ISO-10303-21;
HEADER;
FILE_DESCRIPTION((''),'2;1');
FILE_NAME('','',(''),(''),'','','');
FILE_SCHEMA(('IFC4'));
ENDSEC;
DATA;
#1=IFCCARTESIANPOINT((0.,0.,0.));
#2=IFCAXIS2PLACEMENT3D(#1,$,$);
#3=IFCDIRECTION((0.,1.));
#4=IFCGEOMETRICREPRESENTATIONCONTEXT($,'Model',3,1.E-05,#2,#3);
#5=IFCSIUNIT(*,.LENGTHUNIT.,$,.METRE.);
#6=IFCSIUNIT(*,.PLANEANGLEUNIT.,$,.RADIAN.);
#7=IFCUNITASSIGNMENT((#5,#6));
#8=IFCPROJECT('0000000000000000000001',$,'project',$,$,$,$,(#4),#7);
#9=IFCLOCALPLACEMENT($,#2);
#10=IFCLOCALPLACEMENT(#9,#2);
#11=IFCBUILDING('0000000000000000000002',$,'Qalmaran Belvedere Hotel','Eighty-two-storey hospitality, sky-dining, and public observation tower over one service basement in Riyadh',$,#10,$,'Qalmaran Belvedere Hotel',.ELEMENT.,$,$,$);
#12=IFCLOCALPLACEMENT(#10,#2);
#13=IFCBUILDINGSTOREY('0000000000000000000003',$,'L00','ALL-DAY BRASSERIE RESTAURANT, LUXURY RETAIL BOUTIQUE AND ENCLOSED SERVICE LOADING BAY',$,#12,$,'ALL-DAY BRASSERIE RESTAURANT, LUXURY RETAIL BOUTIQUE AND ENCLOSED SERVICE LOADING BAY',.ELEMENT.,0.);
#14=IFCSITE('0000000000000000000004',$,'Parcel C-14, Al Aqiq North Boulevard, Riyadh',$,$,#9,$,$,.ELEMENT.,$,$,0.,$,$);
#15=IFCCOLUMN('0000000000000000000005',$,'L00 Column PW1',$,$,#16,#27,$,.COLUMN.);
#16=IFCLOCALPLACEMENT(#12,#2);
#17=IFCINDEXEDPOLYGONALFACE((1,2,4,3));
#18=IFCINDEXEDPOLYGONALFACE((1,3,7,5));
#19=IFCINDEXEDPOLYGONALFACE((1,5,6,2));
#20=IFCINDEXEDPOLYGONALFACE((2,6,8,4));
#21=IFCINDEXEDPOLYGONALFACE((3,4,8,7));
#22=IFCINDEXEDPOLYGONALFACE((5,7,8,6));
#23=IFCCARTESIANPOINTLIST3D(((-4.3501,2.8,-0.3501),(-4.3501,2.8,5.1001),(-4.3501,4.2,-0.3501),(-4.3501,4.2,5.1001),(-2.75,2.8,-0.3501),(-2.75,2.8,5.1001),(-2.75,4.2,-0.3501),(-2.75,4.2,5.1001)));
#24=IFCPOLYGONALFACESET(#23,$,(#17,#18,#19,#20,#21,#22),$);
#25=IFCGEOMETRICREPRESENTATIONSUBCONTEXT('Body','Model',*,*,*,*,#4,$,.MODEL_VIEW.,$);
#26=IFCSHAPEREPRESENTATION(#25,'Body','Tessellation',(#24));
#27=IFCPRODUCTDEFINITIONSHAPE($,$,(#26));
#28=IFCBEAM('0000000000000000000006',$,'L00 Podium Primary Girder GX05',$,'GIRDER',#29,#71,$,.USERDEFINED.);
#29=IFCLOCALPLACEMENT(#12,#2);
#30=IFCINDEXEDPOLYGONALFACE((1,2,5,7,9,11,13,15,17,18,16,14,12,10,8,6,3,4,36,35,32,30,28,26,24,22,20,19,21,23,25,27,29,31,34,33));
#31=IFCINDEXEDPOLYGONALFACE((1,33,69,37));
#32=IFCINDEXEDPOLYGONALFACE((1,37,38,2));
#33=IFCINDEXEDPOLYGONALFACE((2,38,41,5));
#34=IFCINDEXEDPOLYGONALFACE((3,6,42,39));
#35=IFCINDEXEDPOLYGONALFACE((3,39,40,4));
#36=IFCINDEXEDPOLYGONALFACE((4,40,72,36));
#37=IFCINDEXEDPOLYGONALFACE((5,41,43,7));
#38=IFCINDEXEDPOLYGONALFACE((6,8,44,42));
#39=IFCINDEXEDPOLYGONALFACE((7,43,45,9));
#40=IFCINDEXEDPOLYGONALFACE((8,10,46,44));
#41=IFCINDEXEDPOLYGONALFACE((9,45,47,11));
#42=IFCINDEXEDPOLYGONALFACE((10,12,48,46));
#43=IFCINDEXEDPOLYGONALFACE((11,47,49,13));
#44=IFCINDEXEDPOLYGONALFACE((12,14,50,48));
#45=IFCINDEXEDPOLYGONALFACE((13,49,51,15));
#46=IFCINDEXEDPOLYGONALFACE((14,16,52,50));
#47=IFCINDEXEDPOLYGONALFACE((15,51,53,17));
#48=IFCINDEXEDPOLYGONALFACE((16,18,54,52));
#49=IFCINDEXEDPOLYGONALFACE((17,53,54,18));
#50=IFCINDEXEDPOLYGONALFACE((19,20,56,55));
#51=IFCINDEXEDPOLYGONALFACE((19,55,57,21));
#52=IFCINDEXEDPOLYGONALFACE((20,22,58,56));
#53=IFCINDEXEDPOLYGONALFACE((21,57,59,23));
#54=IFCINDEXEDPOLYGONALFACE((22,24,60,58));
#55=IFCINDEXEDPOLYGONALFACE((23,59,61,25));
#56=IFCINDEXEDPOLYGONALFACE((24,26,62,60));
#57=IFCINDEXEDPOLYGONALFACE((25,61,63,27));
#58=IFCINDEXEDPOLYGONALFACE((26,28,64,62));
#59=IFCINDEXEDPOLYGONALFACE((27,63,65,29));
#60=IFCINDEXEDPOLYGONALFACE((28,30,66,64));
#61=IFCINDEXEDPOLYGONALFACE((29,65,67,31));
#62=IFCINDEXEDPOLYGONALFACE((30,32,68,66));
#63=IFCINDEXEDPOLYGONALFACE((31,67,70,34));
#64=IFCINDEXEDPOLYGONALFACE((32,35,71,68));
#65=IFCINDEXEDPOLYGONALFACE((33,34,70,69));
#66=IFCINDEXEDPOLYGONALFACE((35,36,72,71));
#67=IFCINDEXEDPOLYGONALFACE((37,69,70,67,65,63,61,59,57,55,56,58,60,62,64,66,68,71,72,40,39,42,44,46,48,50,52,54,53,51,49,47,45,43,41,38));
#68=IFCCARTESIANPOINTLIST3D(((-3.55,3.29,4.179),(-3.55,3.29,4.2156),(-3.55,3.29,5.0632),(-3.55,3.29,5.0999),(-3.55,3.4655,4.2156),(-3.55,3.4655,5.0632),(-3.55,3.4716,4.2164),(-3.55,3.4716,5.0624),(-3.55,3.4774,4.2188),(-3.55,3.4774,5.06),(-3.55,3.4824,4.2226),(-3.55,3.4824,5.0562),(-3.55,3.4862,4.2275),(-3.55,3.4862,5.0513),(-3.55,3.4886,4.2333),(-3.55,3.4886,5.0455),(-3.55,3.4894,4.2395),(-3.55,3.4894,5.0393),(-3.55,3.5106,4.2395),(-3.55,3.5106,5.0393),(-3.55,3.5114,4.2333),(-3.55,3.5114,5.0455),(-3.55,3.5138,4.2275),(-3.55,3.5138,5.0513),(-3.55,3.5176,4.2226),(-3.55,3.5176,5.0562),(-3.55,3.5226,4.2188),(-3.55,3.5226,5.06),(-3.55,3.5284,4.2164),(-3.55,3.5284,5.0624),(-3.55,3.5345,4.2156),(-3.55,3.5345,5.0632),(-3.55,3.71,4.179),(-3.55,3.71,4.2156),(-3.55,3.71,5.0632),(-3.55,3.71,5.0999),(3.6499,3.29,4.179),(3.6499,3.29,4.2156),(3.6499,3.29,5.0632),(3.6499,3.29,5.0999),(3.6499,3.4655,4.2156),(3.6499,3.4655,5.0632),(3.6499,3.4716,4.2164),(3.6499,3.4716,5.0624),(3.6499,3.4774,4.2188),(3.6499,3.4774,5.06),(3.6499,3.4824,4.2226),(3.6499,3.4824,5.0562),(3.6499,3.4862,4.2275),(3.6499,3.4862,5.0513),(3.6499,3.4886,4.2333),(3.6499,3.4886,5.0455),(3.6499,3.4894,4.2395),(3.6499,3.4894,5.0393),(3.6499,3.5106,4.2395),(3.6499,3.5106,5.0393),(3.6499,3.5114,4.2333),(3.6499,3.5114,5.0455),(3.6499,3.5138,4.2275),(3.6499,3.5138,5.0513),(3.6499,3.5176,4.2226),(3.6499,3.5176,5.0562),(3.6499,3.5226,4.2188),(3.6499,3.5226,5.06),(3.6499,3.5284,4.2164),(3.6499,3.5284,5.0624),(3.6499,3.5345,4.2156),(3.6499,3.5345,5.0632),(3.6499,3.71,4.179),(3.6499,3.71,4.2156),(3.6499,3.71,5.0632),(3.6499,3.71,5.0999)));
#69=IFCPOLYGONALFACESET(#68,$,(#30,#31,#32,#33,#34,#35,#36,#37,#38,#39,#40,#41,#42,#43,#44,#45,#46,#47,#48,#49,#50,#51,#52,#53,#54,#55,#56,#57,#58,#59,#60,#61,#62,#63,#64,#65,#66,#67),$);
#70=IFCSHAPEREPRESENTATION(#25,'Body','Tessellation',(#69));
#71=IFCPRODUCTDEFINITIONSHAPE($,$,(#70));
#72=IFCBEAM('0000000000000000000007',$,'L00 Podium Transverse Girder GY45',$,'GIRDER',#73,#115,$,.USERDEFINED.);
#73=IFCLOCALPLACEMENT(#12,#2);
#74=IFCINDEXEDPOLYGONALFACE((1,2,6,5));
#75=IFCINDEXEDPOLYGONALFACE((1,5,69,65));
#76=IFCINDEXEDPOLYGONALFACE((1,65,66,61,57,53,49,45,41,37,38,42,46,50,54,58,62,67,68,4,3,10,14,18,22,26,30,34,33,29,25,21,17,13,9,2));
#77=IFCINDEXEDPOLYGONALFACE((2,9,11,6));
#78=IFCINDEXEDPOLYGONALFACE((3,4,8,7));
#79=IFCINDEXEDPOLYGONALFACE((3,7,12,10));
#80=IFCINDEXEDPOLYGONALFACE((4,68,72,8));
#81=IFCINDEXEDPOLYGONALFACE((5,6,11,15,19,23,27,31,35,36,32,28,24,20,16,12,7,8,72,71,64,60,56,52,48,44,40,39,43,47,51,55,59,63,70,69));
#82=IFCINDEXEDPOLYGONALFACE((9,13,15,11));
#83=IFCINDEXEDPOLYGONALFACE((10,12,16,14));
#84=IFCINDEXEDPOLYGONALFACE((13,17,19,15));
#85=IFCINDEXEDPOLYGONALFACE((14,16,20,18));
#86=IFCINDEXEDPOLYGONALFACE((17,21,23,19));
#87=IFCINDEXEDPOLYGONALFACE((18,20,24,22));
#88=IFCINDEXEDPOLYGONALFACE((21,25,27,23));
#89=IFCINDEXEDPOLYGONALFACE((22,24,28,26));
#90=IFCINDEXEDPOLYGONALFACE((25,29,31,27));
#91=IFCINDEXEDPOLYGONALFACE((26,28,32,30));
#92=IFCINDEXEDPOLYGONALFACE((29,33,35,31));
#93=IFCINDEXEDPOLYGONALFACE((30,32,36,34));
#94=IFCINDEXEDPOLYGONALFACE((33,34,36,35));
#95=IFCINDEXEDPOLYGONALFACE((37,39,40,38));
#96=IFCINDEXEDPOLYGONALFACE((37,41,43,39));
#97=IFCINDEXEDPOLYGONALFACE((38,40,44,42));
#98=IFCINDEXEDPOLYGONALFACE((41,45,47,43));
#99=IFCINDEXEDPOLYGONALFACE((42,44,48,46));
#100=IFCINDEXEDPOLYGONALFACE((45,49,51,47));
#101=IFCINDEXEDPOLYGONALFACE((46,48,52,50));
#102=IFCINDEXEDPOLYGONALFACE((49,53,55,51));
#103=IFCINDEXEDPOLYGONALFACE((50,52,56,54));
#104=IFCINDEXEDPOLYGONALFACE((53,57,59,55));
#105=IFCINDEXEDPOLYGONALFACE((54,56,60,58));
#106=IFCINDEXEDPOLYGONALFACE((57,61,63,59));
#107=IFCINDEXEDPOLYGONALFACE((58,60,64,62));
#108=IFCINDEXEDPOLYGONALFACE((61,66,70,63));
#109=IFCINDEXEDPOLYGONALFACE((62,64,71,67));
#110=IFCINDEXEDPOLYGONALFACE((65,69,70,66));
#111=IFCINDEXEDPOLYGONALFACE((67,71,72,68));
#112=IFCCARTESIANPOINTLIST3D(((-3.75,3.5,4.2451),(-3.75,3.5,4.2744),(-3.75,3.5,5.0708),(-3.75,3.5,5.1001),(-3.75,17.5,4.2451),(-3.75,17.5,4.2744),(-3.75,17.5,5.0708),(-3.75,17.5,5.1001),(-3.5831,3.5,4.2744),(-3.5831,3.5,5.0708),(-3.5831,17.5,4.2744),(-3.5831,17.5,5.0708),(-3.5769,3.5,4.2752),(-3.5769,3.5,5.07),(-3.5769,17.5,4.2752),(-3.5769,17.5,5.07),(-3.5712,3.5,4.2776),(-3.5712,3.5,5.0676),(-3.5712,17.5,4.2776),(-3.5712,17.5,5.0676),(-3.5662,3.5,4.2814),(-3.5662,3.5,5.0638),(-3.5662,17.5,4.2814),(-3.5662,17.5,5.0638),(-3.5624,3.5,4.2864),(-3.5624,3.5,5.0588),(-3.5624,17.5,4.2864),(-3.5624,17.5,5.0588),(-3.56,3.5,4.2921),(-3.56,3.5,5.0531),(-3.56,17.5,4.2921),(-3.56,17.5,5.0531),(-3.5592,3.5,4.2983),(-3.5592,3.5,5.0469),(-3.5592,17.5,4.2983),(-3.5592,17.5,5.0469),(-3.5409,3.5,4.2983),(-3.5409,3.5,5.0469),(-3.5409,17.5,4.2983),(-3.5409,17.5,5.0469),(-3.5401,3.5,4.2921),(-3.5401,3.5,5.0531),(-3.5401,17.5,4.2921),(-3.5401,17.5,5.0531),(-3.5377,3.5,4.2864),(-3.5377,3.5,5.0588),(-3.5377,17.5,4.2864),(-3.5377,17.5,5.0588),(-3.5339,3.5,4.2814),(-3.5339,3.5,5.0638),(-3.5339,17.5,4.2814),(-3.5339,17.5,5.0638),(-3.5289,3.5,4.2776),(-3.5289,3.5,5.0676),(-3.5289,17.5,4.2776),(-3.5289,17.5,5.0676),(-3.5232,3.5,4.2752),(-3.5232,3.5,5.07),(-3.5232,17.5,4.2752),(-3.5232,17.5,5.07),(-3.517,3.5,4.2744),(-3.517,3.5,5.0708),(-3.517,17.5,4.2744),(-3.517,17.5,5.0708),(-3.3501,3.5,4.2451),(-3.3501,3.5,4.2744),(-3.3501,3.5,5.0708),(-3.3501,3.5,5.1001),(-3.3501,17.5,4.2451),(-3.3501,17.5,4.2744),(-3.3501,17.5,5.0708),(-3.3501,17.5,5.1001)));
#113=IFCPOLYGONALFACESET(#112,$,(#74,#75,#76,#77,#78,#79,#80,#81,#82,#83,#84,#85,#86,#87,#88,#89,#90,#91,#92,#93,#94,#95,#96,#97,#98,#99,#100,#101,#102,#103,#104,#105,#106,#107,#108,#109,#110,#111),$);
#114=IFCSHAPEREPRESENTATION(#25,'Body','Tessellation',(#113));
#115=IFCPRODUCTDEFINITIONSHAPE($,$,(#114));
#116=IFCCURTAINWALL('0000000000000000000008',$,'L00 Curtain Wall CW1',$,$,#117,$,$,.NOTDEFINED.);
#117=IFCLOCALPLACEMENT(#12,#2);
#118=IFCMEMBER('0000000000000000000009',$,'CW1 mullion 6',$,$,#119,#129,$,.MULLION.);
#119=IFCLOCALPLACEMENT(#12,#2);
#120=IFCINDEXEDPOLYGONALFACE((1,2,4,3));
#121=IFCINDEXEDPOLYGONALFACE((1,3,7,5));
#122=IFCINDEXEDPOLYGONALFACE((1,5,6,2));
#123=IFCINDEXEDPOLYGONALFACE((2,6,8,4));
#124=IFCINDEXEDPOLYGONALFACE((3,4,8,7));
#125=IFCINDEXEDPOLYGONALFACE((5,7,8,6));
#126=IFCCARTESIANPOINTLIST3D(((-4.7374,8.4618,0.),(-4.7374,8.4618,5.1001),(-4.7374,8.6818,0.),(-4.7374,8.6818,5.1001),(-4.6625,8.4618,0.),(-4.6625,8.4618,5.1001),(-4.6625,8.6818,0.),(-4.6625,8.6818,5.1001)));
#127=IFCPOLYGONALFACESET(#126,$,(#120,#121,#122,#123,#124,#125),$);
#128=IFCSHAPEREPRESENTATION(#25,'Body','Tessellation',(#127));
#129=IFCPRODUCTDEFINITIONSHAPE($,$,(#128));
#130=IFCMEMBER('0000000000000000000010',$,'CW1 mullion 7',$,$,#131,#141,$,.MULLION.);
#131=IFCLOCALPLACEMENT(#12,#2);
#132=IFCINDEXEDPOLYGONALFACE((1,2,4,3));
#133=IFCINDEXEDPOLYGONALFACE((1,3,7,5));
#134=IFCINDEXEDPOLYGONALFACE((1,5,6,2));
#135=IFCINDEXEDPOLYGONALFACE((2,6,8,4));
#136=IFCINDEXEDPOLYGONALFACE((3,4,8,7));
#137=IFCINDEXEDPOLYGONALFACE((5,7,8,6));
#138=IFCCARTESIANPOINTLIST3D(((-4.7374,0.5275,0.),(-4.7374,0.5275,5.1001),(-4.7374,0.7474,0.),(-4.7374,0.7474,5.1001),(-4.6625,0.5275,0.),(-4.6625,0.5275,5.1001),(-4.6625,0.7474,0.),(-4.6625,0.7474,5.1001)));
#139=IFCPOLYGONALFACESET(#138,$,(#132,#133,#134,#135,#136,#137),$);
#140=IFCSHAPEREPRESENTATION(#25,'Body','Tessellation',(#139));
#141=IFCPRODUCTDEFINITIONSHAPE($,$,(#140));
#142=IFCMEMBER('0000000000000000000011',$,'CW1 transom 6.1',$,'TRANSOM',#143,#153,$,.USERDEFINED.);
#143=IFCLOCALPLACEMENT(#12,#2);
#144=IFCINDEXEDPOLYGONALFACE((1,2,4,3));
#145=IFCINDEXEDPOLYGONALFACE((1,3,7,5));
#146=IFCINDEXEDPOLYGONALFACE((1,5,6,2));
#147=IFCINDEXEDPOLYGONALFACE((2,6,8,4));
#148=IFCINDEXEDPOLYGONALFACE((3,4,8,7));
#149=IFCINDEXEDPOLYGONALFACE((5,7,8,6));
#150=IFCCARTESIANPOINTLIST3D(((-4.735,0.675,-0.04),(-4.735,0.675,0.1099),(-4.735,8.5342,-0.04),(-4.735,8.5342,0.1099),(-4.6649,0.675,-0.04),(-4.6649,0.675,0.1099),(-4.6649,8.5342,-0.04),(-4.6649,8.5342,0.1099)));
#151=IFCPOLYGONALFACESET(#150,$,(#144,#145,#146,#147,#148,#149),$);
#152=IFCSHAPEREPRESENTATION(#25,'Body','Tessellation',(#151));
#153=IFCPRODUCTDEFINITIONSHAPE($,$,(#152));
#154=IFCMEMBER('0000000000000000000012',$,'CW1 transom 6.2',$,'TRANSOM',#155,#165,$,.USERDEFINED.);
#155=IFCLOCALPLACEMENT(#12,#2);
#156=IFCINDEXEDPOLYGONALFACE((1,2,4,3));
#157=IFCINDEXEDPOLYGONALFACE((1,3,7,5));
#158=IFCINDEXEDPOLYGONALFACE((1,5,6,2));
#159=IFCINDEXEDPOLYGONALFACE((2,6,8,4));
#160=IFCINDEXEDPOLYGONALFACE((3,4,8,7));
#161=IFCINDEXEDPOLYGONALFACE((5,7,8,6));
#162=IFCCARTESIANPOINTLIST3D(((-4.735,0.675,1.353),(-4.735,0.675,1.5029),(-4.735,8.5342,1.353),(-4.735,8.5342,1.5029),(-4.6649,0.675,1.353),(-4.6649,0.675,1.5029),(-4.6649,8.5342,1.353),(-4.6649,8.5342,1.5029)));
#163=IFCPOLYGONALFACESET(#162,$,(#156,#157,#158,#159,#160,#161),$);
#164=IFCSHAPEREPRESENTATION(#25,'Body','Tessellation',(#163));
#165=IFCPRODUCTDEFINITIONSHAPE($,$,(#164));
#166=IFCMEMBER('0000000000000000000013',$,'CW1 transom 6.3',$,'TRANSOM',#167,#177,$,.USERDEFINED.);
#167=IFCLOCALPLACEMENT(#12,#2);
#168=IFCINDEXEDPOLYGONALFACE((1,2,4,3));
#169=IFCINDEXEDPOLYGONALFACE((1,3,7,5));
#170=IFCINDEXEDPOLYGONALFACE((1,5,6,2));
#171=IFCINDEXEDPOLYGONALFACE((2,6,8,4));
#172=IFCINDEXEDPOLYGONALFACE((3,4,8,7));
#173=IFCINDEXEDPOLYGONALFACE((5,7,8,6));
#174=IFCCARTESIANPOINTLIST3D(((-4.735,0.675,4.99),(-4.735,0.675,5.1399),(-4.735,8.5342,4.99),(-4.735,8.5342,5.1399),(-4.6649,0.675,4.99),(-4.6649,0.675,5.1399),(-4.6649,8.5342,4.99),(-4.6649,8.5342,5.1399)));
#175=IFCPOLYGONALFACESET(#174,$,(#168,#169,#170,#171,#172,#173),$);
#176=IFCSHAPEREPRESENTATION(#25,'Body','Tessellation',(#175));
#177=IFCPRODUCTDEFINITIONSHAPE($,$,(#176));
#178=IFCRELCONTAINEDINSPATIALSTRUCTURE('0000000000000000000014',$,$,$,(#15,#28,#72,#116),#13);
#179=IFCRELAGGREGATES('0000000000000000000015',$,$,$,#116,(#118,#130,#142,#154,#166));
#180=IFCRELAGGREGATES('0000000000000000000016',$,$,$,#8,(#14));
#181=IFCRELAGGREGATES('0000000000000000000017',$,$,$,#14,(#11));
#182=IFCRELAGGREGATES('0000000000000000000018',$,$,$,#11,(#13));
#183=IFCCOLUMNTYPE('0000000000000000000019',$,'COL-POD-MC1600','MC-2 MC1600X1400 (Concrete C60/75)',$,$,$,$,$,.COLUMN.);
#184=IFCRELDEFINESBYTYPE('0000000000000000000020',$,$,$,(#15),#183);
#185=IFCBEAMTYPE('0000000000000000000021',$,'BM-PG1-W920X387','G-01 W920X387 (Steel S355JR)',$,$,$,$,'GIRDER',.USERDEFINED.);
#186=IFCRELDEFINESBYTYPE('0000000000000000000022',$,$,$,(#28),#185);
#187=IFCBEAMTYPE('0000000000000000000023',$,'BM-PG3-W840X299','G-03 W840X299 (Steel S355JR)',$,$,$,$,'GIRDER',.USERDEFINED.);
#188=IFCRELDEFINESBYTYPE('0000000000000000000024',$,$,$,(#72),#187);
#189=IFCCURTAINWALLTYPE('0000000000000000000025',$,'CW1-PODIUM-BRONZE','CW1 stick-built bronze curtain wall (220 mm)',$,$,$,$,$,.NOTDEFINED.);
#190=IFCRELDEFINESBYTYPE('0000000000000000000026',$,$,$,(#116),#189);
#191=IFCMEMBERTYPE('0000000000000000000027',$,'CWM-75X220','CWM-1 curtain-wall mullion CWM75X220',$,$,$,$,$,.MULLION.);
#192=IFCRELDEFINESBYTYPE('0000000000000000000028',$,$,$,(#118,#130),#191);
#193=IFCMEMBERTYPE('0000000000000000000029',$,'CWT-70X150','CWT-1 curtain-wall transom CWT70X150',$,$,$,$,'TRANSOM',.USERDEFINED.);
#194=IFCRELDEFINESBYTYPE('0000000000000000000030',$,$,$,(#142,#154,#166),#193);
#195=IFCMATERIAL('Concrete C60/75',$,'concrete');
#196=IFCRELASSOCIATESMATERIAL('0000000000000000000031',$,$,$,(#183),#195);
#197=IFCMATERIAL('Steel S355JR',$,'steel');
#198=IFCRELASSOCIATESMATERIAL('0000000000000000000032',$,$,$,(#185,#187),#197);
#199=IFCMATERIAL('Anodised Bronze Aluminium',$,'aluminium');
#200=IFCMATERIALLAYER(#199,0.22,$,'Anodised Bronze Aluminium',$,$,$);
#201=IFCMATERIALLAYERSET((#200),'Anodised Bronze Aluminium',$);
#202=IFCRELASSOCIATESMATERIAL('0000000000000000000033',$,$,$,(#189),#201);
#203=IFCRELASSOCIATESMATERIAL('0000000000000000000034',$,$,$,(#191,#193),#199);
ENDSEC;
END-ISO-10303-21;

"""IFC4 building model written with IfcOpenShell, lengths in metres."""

from ifc_helpers import new_model, si_unit, direction, frame, origin, origin_2d, place, context, subcontext, project, spatial, rectangle, i_section, extrude, material, layer, layer_set, material_profile, profile_set, type_object, element, aggregate, save


model = new_model("IFC4")

# Units and contexts
model_context = context("Model", 3, precision=1e-05, world=origin(), true_north=direction((0.0, 1.0)))
body_context = subcontext(model_context, "Body", "Model", "MODEL_VIEW")
ifc_project = project(units=[si_unit("LENGTHUNIT", "METRE"), si_unit("PLANEANGLEUNIT", "RADIAN")], contexts=[model_context])

# Site, building, storey
site_placement = place(None, origin())
site = spatial("IfcSite", under=ifc_project, at=site_placement, Name="Parcel C-14, Al Aqiq North Boulevard, Riyadh", CompositionType="ELEMENT", RefElevation=0.0)
building_placement = place(site_placement, origin())
building = spatial("IfcBuilding", under=site, at=building_placement, Name="Qalmaran Belvedere Hotel", Description="Eighty-two-storey hospitality, sky-dining, and public observation tower over one service basement in Riyadh", LongName="Qalmaran Belvedere Hotel", CompositionType="ELEMENT")
storey_placement = place(building_placement, origin())
storey = spatial("IfcBuildingStorey", under=building, at=storey_placement, Name="L00", Description="ALL-DAY BRASSERIE RESTAURANT, LUXURY RETAIL BOUTIQUE AND ENCLOSED SERVICE LOADING BAY", LongName="ALL-DAY BRASSERIE RESTAURANT, LUXURY RETAIL BOUTIQUE AND ENCLOSED SERVICE LOADING BAY", CompositionType="ELEMENT", Elevation=0.0)

# Column
ifc_material_1 = material(Name="Concrete C60/75", Category="concrete")
ifc_material_profile_1 = material_profile(ifc_material_1, rectangle(XDim=1.6001, YDim=1.3999, at=origin_2d()), Name="MC1600X1400")
ifc_profile_set_1 = profile_set([ifc_material_profile_1], Name="Concrete C60/75")
column_type = type_object("IfcColumnType", Name="COL-POD-MC1600", Description="MC-2 MC1600X1400 (Concrete C60/75)", PredefinedType="COLUMN", material=ifc_profile_set_1)
column_placement = place(storey_placement, frame((-3.55, 3.5, -0.3501), z_axis=(0.0, 0.0, 1.0), x_axis=(1.0, 0.0, 0.0)))
element("IfcColumn", 1, at=column_placement, inside=storey, type_object=column_type, Name="L00 Column PW1", PredefinedType="COLUMN", context=body_context, shape_type="SweptSolid", body=[
    extrude(rectangle(XDim=1.6001, YDim=1.3999, at=origin_2d()), origin(), (0.0, 0.0, 1.0), 5.4502),
])

# Beams
ifc_material_2 = material(Name="Steel S355JR", Category="steel")
ifc_material_profile_2 = material_profile(ifc_material_2, i_section(OverallWidth=0.4199, OverallDepth=0.9209, WebThickness=0.0212, FlangeThickness=0.0366, FilletRadius=0.0239, at=origin_2d()), Name="W920X387")
ifc_profile_set_2 = profile_set([ifc_material_profile_2], Name="Steel S355JR")
beam_type_1 = type_object("IfcBeamType", Name="BM-PG1-W920X387", Description="G-01 W920X387 (Steel S355JR)", ElementType="GIRDER", PredefinedType="USERDEFINED", material=ifc_profile_set_2)
beam_1_placement = place(storey_placement, frame((-3.55, 3.5, 4.6394), z_axis=(1.0, 0.0, 0.0), x_axis=(0.0, 1.0, 0.0)))
element("IfcBeam", 2, at=beam_1_placement, inside=storey, type_object=beam_type_1, Name="L00 Podium Primary Girder GX05", ObjectType="GIRDER", PredefinedType="USERDEFINED", context=body_context, shape_type="SweptSolid", body=[
    extrude(i_section(OverallWidth=0.4199, OverallDepth=0.9209, WebThickness=0.0212, FlangeThickness=0.0366, FilletRadius=0.0239, at=origin_2d()), origin(), (0.0, 0.0, 1.0), 7.2),
])
ifc_material_profile_3 = material_profile(ifc_material_2, i_section(OverallWidth=0.3999, OverallDepth=0.855, WebThickness=0.0183, FlangeThickness=0.0293, FilletRadius=0.0239, at=origin_2d()), Name="W840X299")
ifc_profile_set_3 = profile_set([ifc_material_profile_3], Name="Steel S355JR")
beam_type_2 = type_object("IfcBeamType", Name="BM-PG3-W840X299", Description="G-03 W840X299 (Steel S355JR)", ElementType="GIRDER", PredefinedType="USERDEFINED", material=ifc_profile_set_3)
beam_2_placement = place(storey_placement, frame((-3.55, 3.5, 4.6726), z_axis=(0.0, 1.0, 0.0), x_axis=(-1.0, 0.0, 0.0)))
element("IfcBeam", 3, at=beam_2_placement, inside=storey, type_object=beam_type_2, Name="L00 Podium Transverse Girder GY45", ObjectType="GIRDER", PredefinedType="USERDEFINED", context=body_context, shape_type="SweptSolid", body=[
    extrude(i_section(OverallWidth=0.3999, OverallDepth=0.855, WebThickness=0.0183, FlangeThickness=0.0293, FilletRadius=0.0239, at=origin_2d()), origin(), (0.0, 0.0, 1.0), 14.0),
])

# Curtain wall, members
ifc_material_3 = material(Name="Anodised Bronze Aluminium", Category="aluminium")
ifc_layer_1 = layer(ifc_material_3, 0.22, Name="Anodised Bronze Aluminium")
ifc_layer_set_1 = layer_set([ifc_layer_1], Name="Anodised Bronze Aluminium")
curtain_wall_type = type_object("IfcCurtainWallType", Name="CW1-PODIUM-BRONZE", Description="CW1 stick-built bronze curtain wall (220 mm)", PredefinedType="NOTDEFINED", material=ifc_layer_set_1)
curtain_wall_placement = place(storey_placement, origin())
curtain_wall = element("IfcCurtainWall", 4, at=curtain_wall_placement, inside=storey, type_object=curtain_wall_type, Name="L00 Curtain Wall CW1", PredefinedType="NOTDEFINED")
ifc_material_profile_4 = material_profile(ifc_material_3, rectangle(XDim=0.075, YDim=0.22, at=origin_2d()), Name="CWM75X220")
ifc_profile_set_4 = profile_set([ifc_material_profile_4], Name="Anodised Bronze Aluminium")
member_type_1 = type_object("IfcMemberType", Name="CWM-75X220", Description="CWM-1 curtain-wall mullion CWM75X220", PredefinedType="MULLION", material=ifc_profile_set_4)
member_1_placement = place(storey_placement, frame((-4.7, 8.5718, 0.0), z_axis=(0.0, 0.0, 1.0), x_axis=(1.0, 0.0, 0.0)))
member_1 = element("IfcMember", 5, at=member_1_placement, type_object=member_type_1, Name="CW1 mullion 6", PredefinedType="MULLION", context=body_context, shape_type="SweptSolid", body=[
    extrude(rectangle(XDim=0.075, YDim=0.22, at=origin_2d()), origin(), (0.0, 0.0, 1.0), 5.1001),
])
member_2_placement = place(storey_placement, frame((-4.7, 0.6375, 0.0), z_axis=(0.0, 0.0, 1.0), x_axis=(1.0, 0.0, 0.0)))
member_2 = element("IfcMember", 6, at=member_2_placement, type_object=member_type_1, Name="CW1 mullion 7", PredefinedType="MULLION", context=body_context, shape_type="SweptSolid", body=[
    extrude(rectangle(XDim=0.075, YDim=0.22, at=origin_2d()), origin(), (0.0, 0.0, 1.0), 5.1001),
])
ifc_material_profile_5 = material_profile(ifc_material_3, rectangle(XDim=0.0701, YDim=0.1499, at=origin_2d()), Name="CWT70X150")
ifc_profile_set_5 = profile_set([ifc_material_profile_5], Name="Anodised Bronze Aluminium")
member_type_2 = type_object("IfcMemberType", Name="CWT-70X150", Description="CWT-1 curtain-wall transom CWT70X150", ElementType="TRANSOM", PredefinedType="USERDEFINED", material=ifc_profile_set_5)
member_3_placement = place(storey_placement, frame((-4.7, 8.5342, 0.0349), z_axis=(0.0, -1.0, 0.0), x_axis=(1.0, 0.0, 0.0)))
member_3 = element("IfcMember", 7, at=member_3_placement, type_object=member_type_2, Name="CW1 transom 6.1", ObjectType="TRANSOM", PredefinedType="USERDEFINED", context=body_context, shape_type="SweptSolid", body=[
    extrude(rectangle(XDim=0.0701, YDim=0.1499, at=origin_2d()), origin(), (0.0, 0.0, 1.0), 7.8591),
])
member_4_placement = place(storey_placement, frame((-4.7, 8.5342, 1.428), z_axis=(0.0, -1.0, 0.0), x_axis=(1.0, 0.0, 0.0)))
member_4 = element("IfcMember", 8, at=member_4_placement, type_object=member_type_2, Name="CW1 transom 6.2", ObjectType="TRANSOM", PredefinedType="USERDEFINED", context=body_context, shape_type="SweptSolid", body=[
    extrude(rectangle(XDim=0.0701, YDim=0.1499, at=origin_2d()), origin(), (0.0, 0.0, 1.0), 7.8591),
])
member_5_placement = place(storey_placement, frame((-4.7, 8.5342, 5.0649), z_axis=(0.0, -1.0, 0.0), x_axis=(1.0, 0.0, 0.0)))
member_5 = element("IfcMember", 9, at=member_5_placement, type_object=member_type_2, Name="CW1 transom 6.3", ObjectType="TRANSOM", PredefinedType="USERDEFINED", context=body_context, shape_type="SweptSolid", body=[
    extrude(rectangle(XDim=0.0701, YDim=0.1499, at=origin_2d()), origin(), (0.0, 0.0, 1.0), 7.8591),
])
aggregate(curtain_wall, [member_1, member_2, member_3, member_4, member_5])

save(model, "model.ifc")
